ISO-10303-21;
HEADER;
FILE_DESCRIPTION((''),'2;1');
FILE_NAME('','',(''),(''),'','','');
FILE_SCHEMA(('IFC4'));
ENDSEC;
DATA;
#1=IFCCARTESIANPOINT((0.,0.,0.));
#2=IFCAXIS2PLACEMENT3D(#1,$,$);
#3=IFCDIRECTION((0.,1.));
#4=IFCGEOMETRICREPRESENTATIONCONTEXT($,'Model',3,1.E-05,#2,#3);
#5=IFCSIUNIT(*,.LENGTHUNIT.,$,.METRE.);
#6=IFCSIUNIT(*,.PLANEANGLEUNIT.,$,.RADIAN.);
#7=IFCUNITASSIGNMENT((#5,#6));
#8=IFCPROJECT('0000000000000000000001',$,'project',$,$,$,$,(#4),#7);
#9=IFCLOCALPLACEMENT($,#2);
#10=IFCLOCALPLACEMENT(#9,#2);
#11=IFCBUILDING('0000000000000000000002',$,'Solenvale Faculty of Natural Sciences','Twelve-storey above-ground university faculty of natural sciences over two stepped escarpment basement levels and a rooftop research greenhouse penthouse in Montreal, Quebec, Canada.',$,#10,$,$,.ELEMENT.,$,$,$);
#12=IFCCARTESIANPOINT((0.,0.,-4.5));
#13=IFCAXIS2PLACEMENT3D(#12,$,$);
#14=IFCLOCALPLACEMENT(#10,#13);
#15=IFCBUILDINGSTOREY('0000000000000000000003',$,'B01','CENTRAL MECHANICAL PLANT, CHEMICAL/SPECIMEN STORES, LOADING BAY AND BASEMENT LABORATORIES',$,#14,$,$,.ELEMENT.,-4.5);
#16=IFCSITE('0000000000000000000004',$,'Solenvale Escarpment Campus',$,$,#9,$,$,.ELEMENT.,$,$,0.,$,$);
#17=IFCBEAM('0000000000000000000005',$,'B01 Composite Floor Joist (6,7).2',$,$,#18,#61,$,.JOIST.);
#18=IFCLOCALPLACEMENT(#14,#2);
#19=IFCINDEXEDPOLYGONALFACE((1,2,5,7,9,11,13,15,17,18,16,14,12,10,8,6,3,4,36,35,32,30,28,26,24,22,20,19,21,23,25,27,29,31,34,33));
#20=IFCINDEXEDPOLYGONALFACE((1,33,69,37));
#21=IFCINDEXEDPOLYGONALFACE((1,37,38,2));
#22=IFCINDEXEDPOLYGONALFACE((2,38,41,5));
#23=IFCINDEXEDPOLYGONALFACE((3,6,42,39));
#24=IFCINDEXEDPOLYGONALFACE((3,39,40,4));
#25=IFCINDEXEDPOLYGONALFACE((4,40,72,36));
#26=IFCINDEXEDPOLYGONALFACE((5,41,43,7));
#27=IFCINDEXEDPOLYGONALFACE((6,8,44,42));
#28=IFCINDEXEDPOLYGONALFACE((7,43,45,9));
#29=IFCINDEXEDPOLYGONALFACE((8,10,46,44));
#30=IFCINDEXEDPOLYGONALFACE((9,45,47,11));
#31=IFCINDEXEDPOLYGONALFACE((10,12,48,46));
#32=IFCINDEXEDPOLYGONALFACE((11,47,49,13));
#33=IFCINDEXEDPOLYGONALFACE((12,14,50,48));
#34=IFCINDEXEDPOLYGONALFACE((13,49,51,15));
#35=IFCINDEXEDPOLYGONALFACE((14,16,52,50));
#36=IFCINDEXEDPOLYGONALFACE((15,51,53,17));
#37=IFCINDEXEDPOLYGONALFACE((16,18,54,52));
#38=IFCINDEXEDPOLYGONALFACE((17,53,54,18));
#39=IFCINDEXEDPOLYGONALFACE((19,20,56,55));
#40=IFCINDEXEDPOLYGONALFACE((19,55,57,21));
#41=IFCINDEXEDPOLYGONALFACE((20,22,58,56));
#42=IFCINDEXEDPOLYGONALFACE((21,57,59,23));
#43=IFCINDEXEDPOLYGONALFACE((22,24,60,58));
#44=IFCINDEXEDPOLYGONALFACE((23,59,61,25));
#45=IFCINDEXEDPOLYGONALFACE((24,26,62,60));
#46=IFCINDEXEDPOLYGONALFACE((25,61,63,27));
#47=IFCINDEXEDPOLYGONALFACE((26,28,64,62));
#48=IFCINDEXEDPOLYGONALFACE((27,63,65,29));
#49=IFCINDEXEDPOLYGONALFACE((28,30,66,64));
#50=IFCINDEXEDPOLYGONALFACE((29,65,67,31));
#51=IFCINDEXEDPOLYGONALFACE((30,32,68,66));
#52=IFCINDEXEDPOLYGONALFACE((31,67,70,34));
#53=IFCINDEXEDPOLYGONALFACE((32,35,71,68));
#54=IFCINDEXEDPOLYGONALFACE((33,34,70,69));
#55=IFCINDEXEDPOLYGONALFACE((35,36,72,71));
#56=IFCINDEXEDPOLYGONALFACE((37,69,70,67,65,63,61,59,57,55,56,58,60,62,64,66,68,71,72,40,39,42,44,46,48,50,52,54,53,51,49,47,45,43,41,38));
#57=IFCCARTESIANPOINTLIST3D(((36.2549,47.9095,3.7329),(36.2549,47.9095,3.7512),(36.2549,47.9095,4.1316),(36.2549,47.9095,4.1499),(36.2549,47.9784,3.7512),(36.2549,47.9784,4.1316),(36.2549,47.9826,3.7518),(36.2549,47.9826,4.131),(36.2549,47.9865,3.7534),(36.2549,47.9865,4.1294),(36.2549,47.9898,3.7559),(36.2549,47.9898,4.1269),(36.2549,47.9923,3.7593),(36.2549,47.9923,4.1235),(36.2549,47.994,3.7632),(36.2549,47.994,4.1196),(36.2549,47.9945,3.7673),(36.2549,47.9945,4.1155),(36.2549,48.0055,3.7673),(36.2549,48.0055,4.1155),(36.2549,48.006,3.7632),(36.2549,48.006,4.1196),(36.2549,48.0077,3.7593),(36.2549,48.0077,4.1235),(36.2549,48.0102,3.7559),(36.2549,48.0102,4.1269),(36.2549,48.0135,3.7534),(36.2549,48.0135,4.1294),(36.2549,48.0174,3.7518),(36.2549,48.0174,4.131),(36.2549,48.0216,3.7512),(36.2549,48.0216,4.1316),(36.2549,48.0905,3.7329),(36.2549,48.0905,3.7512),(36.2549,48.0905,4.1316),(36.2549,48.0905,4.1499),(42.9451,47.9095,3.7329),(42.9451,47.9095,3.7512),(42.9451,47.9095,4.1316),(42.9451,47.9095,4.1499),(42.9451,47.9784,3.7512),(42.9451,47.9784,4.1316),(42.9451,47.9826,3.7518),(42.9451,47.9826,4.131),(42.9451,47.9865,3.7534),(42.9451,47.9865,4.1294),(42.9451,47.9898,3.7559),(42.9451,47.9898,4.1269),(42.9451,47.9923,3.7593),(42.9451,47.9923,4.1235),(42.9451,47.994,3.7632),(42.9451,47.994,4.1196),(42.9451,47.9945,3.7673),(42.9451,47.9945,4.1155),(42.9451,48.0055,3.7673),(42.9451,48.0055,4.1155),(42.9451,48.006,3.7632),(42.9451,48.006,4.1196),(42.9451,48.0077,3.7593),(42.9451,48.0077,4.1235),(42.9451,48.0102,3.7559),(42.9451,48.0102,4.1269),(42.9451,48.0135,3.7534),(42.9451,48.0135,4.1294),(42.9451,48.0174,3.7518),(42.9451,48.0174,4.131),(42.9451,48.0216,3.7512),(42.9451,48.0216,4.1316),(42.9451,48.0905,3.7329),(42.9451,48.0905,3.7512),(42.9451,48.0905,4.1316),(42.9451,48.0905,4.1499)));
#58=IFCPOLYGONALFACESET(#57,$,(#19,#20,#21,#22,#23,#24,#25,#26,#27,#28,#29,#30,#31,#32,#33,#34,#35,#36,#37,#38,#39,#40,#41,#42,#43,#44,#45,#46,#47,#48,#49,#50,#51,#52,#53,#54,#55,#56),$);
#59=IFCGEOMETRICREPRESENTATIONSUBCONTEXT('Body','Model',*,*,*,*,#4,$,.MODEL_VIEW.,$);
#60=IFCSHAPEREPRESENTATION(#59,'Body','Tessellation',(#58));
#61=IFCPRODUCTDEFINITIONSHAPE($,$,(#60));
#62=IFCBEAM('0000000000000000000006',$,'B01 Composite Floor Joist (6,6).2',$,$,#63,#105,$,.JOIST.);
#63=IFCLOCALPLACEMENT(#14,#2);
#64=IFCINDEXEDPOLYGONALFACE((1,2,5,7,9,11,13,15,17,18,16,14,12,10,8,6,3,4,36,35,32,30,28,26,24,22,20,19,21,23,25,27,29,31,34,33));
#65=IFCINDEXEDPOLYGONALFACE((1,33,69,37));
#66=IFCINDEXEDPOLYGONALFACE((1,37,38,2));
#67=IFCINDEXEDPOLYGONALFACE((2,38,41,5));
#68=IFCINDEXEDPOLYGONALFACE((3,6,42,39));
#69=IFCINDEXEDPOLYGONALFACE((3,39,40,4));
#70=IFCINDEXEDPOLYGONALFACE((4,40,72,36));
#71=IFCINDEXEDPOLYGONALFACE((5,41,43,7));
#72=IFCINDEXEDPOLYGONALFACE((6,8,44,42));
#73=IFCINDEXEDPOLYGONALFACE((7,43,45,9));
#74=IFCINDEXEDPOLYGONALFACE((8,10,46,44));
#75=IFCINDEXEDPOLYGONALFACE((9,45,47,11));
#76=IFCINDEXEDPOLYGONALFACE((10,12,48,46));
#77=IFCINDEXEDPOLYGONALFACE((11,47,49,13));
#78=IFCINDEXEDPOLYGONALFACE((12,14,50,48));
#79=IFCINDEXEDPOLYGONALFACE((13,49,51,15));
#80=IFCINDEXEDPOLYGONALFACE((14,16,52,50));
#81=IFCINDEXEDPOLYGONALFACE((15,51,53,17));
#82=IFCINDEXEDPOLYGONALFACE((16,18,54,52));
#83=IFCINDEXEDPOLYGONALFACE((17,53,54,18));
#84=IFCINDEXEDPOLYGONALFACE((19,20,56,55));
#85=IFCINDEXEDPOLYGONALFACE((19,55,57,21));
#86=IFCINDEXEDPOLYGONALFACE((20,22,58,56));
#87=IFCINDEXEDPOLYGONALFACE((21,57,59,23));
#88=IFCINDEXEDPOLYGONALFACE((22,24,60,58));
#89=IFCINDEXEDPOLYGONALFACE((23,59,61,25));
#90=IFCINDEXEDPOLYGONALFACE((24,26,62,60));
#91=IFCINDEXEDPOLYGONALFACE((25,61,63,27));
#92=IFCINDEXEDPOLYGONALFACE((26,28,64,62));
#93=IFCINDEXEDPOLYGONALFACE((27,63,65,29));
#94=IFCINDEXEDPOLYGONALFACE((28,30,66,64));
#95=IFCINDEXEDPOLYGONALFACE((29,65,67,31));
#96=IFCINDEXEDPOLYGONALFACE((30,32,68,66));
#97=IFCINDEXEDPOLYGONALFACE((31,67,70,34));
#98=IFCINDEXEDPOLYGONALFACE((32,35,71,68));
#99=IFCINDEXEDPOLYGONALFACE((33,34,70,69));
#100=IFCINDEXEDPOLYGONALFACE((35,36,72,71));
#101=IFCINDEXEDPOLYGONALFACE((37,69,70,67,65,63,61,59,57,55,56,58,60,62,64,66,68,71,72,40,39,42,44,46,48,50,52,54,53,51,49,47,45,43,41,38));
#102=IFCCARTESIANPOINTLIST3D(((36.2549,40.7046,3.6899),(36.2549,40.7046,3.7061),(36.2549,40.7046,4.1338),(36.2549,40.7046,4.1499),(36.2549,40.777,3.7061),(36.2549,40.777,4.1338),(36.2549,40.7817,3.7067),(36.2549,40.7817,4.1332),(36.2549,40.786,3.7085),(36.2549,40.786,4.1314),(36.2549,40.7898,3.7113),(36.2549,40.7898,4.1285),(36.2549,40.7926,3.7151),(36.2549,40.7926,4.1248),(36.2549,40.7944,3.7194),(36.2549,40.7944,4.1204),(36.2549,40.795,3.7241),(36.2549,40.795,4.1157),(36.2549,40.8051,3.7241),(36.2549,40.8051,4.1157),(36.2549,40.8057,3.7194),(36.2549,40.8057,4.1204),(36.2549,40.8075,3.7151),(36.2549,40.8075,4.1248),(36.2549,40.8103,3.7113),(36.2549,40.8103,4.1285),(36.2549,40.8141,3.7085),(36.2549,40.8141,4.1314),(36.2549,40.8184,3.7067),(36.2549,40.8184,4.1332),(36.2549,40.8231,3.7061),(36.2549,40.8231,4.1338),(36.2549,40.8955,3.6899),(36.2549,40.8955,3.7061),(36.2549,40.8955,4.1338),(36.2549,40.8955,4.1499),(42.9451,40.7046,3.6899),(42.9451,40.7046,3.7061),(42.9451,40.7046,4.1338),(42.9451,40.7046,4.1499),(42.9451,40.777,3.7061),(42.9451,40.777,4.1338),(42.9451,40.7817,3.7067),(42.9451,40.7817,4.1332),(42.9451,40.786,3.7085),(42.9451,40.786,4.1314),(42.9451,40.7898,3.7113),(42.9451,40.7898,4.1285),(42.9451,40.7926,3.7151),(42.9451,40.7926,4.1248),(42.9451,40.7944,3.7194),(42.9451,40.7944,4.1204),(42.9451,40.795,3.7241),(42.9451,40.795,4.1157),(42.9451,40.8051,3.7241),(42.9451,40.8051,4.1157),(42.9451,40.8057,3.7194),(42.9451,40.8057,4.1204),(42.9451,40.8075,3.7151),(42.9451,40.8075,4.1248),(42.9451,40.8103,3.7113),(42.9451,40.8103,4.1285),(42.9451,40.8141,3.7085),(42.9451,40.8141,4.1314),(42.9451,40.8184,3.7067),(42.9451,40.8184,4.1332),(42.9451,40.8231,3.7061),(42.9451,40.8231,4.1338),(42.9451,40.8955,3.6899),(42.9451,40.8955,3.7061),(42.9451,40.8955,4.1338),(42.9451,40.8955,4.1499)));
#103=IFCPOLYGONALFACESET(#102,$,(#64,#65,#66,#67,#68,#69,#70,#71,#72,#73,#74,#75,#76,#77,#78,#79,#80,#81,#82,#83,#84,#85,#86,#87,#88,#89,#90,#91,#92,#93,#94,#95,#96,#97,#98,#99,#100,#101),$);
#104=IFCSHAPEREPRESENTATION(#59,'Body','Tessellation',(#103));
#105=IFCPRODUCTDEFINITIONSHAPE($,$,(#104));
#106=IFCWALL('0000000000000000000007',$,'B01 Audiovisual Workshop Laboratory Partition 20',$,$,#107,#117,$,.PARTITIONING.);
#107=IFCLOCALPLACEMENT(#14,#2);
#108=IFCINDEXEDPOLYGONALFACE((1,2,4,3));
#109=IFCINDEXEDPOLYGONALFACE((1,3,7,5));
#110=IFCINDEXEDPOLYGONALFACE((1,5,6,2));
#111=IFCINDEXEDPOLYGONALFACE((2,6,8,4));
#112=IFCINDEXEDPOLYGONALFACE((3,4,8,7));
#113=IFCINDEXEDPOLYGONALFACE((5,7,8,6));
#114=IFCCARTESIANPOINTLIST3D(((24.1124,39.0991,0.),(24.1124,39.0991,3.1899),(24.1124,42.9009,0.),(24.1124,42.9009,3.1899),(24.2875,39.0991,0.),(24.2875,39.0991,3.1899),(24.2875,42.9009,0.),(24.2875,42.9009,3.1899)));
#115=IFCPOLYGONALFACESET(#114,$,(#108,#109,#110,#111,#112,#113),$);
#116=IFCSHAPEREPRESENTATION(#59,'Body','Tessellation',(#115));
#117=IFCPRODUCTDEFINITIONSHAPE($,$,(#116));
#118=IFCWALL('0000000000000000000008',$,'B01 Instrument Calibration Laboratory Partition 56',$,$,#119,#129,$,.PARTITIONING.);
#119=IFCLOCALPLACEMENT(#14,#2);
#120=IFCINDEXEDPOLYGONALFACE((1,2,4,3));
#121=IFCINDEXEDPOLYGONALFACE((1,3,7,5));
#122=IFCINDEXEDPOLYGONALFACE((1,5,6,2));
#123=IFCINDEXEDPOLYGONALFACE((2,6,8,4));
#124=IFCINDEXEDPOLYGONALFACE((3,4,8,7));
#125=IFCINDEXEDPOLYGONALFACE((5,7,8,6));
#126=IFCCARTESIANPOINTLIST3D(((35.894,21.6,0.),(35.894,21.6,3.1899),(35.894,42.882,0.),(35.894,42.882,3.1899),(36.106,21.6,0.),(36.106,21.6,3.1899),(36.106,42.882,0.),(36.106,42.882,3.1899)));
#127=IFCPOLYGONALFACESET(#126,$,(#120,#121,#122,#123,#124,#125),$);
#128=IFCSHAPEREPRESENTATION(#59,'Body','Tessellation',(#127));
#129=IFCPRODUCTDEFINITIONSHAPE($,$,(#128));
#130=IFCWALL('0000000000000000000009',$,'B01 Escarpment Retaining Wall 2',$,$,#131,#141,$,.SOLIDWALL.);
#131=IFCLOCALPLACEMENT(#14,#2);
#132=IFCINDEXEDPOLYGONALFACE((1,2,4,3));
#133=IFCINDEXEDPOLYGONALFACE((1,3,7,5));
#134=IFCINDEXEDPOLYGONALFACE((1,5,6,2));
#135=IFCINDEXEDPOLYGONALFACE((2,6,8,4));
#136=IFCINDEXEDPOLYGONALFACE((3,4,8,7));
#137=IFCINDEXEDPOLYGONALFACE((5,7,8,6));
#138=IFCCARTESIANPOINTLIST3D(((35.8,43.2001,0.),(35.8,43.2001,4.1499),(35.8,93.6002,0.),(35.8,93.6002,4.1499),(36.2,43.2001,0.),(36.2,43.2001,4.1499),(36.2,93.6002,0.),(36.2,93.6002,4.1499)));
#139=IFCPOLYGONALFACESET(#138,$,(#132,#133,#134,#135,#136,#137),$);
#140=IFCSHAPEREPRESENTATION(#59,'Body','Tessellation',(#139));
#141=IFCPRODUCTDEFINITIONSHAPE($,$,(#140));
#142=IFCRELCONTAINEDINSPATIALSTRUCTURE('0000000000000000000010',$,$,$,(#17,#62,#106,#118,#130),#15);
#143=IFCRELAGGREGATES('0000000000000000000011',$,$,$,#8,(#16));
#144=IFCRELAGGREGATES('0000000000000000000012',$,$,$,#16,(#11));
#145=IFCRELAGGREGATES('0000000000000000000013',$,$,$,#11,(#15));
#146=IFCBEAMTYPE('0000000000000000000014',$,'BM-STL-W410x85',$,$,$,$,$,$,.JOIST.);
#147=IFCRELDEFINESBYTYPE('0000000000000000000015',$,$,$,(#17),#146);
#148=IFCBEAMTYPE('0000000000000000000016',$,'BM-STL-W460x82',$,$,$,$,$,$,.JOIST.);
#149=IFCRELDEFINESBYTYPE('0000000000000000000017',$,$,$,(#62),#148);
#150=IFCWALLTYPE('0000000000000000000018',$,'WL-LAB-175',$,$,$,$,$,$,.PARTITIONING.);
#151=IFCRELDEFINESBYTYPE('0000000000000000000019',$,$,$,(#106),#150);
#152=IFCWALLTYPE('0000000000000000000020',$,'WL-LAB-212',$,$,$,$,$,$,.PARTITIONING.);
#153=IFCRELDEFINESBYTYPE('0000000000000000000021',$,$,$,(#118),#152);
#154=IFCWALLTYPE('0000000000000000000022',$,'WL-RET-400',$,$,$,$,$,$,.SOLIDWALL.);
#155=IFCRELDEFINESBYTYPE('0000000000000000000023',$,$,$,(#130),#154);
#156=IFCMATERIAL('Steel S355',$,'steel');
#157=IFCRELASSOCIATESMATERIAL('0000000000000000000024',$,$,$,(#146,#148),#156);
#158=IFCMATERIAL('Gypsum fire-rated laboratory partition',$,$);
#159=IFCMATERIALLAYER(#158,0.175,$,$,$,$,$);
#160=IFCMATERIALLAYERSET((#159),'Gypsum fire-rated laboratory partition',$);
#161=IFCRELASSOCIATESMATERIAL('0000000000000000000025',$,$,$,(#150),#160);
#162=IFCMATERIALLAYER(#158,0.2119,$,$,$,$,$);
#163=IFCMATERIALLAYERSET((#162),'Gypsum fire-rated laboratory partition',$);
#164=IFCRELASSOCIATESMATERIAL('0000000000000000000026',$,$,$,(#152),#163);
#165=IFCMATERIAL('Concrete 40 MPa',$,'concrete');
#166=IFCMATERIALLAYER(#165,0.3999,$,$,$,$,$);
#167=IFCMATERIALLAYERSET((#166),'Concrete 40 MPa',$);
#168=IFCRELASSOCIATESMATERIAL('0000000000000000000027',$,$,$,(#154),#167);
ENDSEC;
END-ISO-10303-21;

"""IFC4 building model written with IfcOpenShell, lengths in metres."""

from ifc_helpers import new_model, si_unit, direction, frame, frame_2d, origin, origin_2d, place, context, subcontext, project, spatial, rectangle, i_section, extrude, material, layer, layer_set, material_profile, profile_set, type_object, element, save


model = new_model("IFC4")

# Units and contexts
model_context = context("Model", 3, precision=1e-05, world=origin(), true_north=direction((0.0, 1.0)))
body_context = subcontext(model_context, "Body", "Model", "MODEL_VIEW")
ifc_project = project(units=[si_unit("LENGTHUNIT", "METRE"), si_unit("PLANEANGLEUNIT", "RADIAN")], contexts=[model_context])

# Site, building, storey
site_placement = place(None, origin())
site = spatial("IfcSite", under=ifc_project, at=site_placement, Name="Solenvale Escarpment Campus", CompositionType="ELEMENT", RefElevation=0.0)
building_placement = place(site_placement, origin())
building = spatial("IfcBuilding", under=site, at=building_placement, Name="Solenvale Faculty of Natural Sciences", Description="Twelve-storey above-ground university faculty of natural sciences over two stepped escarpment basement levels and a rooftop research greenhouse penthouse in Montreal, Quebec, Canada.", CompositionType="ELEMENT")
storey_placement = place(building_placement, frame((0.0, 0.0, -4.5)))
storey = spatial("IfcBuildingStorey", under=building, at=storey_placement, Name="B01", Description="CENTRAL MECHANICAL PLANT, CHEMICAL/SPECIMEN STORES, LOADING BAY AND BASEMENT LABORATORIES", CompositionType="ELEMENT", Elevation=-4.5)

# Shared definitions
ifc_material_1 = material(Name="Concrete 40 MPa", Category="concrete")

# Beams
ifc_material_2 = material(Name="Steel S355", Category="steel")
ifc_material_profile_1 = material_profile(ifc_material_2, i_section(OverallWidth=0.1809, OverallDepth=0.417, WebThickness=0.011, FlangeThickness=0.0183, FilletRadius=0.0161, at=origin_2d()), Name="W410x85")
ifc_profile_set_1 = profile_set([ifc_material_profile_1], Name="Steel S355")
beam_type_1 = type_object("IfcBeamType", Name="BM-STL-W410x85", PredefinedType="JOIST", material=ifc_profile_set_1)
for number, where, z_axis, x_axis, name in (
    (1, (36.2549, 48.0, 3.9414), (1.0, 0.0, 0.0), (0.0, 1.0, 0.0), "B01 Composite Floor Joist (6,7).2"),
):
    element("IfcBeam", number, at=place(storey_placement, frame(where, z_axis=z_axis, x_axis=x_axis)), inside=storey, type_object=beam_type_1, Name=name, PredefinedType="JOIST", context=body_context, shape_type="SweptSolid", body=[
        extrude(i_section(OverallWidth=0.1809, OverallDepth=0.417, WebThickness=0.011, FlangeThickness=0.0183, FilletRadius=0.0161, at=origin_2d()), origin(), (0.0, 0.0, 1.0), 6.6902),
    ])
ifc_material_profile_2 = material_profile(ifc_material_2, i_section(OverallWidth=0.1909, OverallDepth=0.46, WebThickness=0.01, FlangeThickness=0.0161, FilletRadius=0.0181, at=origin_2d()), Name="W460x82")
ifc_profile_set_2 = profile_set([ifc_material_profile_2], Name="Steel S355")
beam_type_2 = type_object("IfcBeamType", Name="BM-STL-W460x82", PredefinedType="JOIST", material=ifc_profile_set_2)
beam_1_placement = place(storey_placement, frame((36.2549, 40.8, 3.9199), z_axis=(1.0, 0.0, 0.0), x_axis=(0.0, 1.0, 0.0)))
element("IfcBeam", 2, at=beam_1_placement, inside=storey, type_object=beam_type_2, Name="B01 Composite Floor Joist (6,6).2", PredefinedType="JOIST", context=body_context, shape_type="SweptSolid", body=[
    extrude(i_section(OverallWidth=0.1909, OverallDepth=0.46, WebThickness=0.01, FlangeThickness=0.0161, FilletRadius=0.0181, at=origin_2d()), origin(), (0.0, 0.0, 1.0), 6.6902),
])

# Walls
ifc_material_3 = material(Name="Gypsum fire-rated laboratory partition")
ifc_layer_1 = layer(ifc_material_3, 0.175)
ifc_layer_set_1 = layer_set([ifc_layer_1], Name="Gypsum fire-rated laboratory partition")
wall_type_1 = type_object("IfcWallType", Name="WL-LAB-175", PredefinedType="PARTITIONING", material=ifc_layer_set_1)
wall_1_placement = place(storey_placement, frame((24.2, 42.9009, 0.0), z_axis=(0.0, 0.0, 1.0), x_axis=(0.0, -1.0, 0.0)))
element("IfcWall", 3, at=wall_1_placement, inside=storey, type_object=wall_type_1, Name="B01 Audiovisual Workshop Laboratory Partition 20", PredefinedType="PARTITIONING", context=body_context, shape_type="SweptSolid", body=[
    extrude(rectangle(XDim=3.8018, YDim=0.175, at=frame_2d((1.9009, 0.0))), origin(), (0.0, 0.0, 1.0), 3.1899),
])
ifc_layer_2 = layer(ifc_material_3, 0.2119)
ifc_layer_set_2 = layer_set([ifc_layer_2], Name="Gypsum fire-rated laboratory partition")
wall_type_2 = type_object("IfcWallType", Name="WL-LAB-212", PredefinedType="PARTITIONING", material=ifc_layer_set_2)
wall_2_placement = place(storey_placement, frame((36.0, 42.8821, 0.0), z_axis=(0.0, 0.0, 1.0), x_axis=(0.0, -1.0, 0.0)))
element("IfcWall", 4, at=wall_2_placement, inside=storey, type_object=wall_type_2, Name="B01 Instrument Calibration Laboratory Partition 56", PredefinedType="PARTITIONING", context=body_context, shape_type="SweptSolid", body=[
    extrude(rectangle(XDim=21.282, YDim=0.2119, at=frame_2d((10.6411, 0.0))), origin(), (0.0, 0.0, 1.0), 3.1899),
])
ifc_layer_3 = layer(ifc_material_1, 0.3999)
ifc_layer_set_3 = layer_set([ifc_layer_3], Name="Concrete 40 MPa")
wall_type_3 = type_object("IfcWallType", Name="WL-RET-400", PredefinedType="SOLIDWALL", material=ifc_layer_set_3)
wall_3_placement = place(storey_placement, frame((36.0, 43.2, 0.0), z_axis=(0.0, 0.0, 1.0), x_axis=(0.0, 1.0, 0.0)))
element("IfcWall", 5, at=wall_3_placement, inside=storey, type_object=wall_type_3, Name="B01 Escarpment Retaining Wall 2", PredefinedType="SOLIDWALL", context=body_context, shape_type="SweptSolid", body=[
    extrude(rectangle(XDim=50.4001, YDim=0.3999, at=frame_2d((25.2002, 0.0))), origin(), (0.0, 0.0, 1.0), 4.1499),
])

save(model, "model.ifc")
